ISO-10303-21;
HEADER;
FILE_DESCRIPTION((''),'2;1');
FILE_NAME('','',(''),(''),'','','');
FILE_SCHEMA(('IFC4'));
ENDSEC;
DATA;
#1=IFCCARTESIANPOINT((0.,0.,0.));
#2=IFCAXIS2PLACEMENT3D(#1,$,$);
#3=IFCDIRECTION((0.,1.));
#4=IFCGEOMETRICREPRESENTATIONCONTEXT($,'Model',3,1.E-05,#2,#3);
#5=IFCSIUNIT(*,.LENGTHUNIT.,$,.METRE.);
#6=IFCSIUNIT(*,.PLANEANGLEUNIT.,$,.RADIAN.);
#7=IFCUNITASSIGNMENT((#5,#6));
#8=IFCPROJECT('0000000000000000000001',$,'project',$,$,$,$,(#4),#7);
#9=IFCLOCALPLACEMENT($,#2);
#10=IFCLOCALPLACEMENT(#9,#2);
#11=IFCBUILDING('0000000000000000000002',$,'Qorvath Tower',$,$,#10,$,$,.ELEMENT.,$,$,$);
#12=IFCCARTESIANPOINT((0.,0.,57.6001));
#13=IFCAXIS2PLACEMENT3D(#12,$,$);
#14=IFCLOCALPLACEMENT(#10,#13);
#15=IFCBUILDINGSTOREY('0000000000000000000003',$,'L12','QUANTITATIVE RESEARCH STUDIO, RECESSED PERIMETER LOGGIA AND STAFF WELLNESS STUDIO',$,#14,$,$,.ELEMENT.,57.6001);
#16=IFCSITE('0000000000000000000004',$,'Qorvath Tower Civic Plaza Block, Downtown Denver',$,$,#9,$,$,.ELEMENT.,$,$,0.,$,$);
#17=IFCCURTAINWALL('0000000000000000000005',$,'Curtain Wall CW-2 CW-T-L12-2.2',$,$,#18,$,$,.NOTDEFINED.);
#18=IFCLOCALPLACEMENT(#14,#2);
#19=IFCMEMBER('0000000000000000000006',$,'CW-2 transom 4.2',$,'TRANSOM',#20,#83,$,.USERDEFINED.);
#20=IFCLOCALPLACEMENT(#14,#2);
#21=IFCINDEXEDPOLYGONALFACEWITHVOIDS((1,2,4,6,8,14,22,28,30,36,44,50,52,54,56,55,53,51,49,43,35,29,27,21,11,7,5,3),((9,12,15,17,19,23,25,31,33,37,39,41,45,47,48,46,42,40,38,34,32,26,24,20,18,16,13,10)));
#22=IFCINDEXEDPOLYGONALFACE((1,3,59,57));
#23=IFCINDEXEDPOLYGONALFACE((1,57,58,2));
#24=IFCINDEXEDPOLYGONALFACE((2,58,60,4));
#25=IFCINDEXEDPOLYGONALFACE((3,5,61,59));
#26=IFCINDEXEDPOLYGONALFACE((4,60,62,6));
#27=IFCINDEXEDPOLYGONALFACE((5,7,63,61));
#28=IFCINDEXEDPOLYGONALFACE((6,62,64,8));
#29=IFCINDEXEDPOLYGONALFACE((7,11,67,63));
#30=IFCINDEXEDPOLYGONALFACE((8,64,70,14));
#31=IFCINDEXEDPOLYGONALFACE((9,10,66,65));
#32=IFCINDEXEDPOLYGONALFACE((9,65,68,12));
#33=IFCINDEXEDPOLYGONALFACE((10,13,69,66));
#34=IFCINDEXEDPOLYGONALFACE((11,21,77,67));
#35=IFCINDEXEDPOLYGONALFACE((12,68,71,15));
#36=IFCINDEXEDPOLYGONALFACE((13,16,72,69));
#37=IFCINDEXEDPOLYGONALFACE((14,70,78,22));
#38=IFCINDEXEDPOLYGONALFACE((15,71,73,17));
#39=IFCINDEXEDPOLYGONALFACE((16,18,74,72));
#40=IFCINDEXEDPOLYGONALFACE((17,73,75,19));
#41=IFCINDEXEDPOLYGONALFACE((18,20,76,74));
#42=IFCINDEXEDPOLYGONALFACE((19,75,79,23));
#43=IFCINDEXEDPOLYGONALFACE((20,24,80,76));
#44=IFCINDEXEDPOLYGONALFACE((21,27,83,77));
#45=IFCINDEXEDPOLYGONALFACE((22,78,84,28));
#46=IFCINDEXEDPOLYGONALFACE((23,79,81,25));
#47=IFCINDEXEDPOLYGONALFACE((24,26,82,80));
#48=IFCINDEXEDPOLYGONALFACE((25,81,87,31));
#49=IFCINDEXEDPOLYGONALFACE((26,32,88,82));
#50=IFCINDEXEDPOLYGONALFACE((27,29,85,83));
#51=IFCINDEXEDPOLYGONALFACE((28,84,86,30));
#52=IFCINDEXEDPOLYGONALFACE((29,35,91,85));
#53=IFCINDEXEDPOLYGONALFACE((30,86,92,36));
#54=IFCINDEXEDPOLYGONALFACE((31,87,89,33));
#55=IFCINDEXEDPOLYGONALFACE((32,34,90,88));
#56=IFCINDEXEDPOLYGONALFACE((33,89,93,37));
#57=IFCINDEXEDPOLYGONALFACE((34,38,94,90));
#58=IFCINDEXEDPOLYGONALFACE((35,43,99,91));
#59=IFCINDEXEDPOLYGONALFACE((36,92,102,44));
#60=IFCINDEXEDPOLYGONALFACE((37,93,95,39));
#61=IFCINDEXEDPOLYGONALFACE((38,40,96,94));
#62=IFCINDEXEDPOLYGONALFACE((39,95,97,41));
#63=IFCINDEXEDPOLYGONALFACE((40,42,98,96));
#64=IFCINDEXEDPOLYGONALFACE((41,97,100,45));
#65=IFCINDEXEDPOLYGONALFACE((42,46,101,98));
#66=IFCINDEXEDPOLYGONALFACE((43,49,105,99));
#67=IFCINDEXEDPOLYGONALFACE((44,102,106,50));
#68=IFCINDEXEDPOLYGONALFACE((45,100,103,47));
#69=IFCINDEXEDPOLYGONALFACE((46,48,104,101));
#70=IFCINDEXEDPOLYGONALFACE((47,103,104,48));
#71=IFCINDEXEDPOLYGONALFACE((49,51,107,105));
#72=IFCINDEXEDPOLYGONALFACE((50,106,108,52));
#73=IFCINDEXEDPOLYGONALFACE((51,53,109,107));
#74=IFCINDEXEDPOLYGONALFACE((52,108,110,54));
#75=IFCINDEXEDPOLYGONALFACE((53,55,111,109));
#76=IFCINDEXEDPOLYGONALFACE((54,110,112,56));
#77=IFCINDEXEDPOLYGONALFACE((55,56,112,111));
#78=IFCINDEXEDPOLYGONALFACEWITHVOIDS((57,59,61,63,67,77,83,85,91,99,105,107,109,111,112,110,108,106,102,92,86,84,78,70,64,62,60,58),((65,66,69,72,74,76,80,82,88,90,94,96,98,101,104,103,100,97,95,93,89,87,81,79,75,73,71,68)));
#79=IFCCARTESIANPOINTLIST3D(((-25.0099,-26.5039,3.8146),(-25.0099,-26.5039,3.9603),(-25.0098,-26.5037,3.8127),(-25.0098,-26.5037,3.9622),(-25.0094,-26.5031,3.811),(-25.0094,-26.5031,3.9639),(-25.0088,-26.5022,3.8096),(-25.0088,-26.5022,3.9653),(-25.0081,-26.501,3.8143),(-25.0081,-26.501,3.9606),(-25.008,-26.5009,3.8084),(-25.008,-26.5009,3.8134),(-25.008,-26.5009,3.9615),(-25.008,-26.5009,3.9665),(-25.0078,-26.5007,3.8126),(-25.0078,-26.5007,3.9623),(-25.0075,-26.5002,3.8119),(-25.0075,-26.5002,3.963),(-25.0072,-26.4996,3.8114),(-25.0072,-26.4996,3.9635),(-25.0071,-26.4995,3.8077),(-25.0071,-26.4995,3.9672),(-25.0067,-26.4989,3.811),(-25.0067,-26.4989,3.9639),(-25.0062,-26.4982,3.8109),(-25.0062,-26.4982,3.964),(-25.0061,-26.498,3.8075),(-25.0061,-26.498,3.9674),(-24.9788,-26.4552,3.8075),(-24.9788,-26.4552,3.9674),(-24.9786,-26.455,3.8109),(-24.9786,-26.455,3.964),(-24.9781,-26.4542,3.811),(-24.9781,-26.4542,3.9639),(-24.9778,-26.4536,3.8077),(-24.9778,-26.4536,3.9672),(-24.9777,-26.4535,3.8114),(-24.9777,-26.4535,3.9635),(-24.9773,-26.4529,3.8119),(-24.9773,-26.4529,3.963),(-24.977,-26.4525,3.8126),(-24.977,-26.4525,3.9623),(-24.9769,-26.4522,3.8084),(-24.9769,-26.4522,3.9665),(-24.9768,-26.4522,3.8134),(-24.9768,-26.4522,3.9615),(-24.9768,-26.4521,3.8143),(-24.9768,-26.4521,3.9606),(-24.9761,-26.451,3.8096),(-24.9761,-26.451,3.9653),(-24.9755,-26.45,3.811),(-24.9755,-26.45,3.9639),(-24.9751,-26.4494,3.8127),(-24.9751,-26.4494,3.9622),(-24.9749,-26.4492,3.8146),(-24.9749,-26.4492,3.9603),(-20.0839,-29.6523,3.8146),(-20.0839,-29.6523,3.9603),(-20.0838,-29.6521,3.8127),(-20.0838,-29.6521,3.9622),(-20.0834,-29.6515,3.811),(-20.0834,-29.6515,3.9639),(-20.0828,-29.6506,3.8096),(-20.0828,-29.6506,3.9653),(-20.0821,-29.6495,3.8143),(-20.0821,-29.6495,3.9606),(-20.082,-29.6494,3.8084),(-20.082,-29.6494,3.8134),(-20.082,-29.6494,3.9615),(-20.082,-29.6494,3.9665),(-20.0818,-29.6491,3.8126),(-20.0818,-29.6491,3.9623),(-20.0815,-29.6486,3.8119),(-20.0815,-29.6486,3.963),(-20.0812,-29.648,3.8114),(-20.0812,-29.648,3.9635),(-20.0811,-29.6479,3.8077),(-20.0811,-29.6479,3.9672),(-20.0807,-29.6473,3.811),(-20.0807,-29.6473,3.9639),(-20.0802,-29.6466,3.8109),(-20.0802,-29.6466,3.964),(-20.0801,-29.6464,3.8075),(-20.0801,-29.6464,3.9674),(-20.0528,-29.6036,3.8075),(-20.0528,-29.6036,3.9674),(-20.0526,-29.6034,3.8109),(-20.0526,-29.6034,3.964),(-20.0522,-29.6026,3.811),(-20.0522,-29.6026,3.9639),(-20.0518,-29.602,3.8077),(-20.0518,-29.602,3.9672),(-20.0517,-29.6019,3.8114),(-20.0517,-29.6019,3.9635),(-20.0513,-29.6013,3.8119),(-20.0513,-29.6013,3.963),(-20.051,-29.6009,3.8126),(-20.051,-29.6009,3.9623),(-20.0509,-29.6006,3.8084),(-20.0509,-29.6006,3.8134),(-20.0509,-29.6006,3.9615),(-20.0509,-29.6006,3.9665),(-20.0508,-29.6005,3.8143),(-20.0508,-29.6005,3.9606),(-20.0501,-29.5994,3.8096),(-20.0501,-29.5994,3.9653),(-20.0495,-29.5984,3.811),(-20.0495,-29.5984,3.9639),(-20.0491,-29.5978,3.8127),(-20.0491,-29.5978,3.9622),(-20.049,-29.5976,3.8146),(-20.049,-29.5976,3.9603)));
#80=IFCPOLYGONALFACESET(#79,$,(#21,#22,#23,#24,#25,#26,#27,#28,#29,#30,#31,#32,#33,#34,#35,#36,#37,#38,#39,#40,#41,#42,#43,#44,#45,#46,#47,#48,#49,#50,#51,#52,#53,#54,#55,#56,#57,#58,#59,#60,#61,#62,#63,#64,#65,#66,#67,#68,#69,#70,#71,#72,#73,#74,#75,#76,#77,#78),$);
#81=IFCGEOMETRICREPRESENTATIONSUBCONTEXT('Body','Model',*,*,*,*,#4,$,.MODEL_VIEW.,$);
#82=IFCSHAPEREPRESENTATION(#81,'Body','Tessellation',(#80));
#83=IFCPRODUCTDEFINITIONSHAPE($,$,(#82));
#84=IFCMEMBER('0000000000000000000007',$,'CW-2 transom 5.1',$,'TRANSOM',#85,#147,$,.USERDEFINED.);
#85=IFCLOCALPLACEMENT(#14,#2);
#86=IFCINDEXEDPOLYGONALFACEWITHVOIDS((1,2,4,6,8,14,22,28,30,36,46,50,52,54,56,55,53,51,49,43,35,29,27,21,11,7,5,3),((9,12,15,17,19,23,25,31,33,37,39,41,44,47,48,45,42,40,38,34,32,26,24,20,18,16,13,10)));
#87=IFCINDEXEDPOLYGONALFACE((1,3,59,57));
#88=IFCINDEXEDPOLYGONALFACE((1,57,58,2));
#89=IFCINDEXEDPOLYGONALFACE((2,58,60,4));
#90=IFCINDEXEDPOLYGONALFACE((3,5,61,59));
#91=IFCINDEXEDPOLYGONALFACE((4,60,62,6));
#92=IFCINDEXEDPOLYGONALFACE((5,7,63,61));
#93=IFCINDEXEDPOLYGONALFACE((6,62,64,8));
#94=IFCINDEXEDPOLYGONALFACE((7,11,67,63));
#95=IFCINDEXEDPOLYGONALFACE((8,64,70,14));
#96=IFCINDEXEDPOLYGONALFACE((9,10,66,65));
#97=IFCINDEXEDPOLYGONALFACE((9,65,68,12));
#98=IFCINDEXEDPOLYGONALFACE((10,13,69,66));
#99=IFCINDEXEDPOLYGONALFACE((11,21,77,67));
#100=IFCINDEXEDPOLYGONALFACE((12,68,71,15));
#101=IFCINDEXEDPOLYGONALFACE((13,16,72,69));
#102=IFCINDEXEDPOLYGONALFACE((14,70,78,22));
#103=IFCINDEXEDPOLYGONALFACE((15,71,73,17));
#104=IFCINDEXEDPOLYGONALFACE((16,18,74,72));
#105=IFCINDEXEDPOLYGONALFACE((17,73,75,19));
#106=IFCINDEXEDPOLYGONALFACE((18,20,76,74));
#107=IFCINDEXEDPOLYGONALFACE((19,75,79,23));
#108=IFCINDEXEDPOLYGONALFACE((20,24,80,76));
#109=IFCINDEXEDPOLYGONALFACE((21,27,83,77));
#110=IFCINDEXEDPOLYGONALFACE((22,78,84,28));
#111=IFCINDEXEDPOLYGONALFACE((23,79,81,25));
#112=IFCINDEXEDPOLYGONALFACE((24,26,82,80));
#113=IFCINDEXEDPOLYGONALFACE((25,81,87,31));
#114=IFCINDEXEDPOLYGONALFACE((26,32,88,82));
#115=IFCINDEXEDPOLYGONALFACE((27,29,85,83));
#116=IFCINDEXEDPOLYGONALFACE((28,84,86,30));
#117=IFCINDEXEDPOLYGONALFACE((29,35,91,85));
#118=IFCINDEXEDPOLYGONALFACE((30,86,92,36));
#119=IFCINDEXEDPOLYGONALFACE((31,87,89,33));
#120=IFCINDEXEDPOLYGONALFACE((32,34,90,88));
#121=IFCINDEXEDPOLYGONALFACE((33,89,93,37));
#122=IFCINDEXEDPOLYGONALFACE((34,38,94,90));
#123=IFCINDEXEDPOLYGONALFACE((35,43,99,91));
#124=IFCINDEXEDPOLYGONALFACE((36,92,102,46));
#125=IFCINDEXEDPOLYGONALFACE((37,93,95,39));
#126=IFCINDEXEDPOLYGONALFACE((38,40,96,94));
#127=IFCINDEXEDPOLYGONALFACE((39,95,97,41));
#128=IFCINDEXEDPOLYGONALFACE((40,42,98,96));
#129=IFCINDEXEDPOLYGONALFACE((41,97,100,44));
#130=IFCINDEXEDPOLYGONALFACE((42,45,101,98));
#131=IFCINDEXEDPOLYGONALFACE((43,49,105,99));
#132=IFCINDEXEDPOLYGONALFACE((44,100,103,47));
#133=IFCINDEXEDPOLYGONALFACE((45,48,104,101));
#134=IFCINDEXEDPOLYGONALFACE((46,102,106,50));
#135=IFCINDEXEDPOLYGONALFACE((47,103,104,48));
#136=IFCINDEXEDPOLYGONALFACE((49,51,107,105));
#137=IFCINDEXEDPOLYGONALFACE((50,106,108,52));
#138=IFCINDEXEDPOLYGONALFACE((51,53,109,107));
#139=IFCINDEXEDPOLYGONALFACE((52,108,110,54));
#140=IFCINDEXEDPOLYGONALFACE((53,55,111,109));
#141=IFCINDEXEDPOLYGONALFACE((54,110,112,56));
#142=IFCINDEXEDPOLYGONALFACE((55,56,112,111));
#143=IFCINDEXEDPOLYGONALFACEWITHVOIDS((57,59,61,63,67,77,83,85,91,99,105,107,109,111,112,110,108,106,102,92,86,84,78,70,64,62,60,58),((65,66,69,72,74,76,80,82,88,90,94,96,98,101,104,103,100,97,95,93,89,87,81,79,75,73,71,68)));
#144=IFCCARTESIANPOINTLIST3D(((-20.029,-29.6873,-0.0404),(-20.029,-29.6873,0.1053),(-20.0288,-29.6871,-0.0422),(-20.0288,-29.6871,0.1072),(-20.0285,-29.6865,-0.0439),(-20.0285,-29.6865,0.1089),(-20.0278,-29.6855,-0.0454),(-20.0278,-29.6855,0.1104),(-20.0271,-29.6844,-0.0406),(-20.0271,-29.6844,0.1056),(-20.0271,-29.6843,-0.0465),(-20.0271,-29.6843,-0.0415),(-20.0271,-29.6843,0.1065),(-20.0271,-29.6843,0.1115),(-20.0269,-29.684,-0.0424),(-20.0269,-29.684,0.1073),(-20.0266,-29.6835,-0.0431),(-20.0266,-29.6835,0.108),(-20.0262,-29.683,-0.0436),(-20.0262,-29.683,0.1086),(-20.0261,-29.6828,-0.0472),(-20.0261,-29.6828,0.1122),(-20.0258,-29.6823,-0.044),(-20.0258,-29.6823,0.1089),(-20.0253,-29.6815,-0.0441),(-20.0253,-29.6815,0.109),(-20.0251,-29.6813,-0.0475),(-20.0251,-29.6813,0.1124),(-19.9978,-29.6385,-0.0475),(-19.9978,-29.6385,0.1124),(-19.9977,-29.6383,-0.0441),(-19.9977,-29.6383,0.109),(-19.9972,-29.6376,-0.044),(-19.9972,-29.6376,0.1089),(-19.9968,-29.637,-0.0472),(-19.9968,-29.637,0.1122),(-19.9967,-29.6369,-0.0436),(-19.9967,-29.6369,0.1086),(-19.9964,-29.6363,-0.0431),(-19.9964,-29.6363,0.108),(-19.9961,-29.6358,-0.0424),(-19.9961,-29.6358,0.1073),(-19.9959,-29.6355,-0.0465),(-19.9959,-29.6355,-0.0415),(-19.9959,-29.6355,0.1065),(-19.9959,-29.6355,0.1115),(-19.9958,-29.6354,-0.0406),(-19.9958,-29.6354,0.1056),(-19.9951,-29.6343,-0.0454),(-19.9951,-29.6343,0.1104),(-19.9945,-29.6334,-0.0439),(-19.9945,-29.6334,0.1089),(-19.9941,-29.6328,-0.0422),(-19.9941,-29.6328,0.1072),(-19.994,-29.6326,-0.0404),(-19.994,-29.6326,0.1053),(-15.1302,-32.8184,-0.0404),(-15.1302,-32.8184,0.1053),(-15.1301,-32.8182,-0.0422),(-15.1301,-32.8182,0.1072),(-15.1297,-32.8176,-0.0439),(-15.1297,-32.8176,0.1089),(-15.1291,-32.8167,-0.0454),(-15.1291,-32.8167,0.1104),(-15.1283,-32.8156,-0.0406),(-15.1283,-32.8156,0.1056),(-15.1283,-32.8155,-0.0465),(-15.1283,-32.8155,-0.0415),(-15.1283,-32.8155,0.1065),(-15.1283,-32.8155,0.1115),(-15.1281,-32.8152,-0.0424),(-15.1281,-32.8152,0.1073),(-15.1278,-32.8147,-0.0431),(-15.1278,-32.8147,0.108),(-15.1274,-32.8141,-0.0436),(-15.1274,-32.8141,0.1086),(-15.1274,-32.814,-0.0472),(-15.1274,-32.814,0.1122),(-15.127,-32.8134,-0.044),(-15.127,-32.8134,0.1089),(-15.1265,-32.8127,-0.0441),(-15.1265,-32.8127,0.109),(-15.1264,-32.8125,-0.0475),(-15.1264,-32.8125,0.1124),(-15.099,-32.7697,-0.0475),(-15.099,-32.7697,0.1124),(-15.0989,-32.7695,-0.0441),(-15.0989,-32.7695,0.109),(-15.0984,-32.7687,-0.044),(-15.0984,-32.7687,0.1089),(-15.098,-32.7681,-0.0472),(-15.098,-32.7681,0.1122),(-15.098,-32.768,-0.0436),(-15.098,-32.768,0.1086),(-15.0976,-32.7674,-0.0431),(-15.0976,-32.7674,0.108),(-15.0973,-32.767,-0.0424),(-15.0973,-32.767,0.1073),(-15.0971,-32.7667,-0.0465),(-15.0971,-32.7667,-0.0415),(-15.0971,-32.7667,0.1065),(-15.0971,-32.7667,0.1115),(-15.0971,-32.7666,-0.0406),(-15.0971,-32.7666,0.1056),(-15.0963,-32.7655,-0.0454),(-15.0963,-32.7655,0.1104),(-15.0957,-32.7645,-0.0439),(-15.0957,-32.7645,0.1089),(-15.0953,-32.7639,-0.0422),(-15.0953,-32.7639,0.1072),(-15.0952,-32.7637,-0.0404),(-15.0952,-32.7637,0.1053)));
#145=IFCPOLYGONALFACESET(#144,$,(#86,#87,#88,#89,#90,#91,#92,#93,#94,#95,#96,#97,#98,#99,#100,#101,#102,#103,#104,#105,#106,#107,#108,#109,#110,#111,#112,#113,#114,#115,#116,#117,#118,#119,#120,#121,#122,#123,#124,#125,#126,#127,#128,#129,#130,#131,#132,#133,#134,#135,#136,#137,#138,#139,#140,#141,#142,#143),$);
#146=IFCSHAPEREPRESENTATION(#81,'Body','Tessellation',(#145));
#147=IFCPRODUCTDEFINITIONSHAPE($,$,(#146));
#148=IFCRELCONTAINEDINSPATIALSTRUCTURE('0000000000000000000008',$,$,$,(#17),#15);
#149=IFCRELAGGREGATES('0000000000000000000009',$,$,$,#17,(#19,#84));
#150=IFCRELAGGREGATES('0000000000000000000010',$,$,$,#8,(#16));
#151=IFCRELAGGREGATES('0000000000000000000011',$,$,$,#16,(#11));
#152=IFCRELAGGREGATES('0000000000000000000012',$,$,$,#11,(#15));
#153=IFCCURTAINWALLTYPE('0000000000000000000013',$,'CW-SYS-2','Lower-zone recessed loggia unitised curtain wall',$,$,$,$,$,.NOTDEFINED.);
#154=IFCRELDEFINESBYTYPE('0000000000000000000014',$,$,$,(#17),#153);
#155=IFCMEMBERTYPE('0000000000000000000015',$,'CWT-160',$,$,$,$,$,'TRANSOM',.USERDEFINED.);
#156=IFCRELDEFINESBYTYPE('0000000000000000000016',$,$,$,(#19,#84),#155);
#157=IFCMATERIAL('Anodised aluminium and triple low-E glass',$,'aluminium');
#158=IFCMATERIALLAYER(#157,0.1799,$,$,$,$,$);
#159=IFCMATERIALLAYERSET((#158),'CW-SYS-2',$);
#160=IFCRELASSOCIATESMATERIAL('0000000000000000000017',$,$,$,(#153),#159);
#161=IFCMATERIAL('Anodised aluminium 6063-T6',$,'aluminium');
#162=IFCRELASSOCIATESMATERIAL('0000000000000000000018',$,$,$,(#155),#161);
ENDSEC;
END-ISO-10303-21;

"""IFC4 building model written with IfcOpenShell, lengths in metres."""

from ifc_helpers import new_model, si_unit, direction, frame, origin, origin_2d, place, context, subcontext, project, spatial, hollow_rectangle, extrude, material, layer, layer_set, material_profile, profile_set, type_object, element, aggregate, save


model = new_model("IFC4")

# Units and contexts
model_context = context("Model", 3, precision=1e-05, world=origin(), true_north=direction((0.0, 1.0)))
body_context = subcontext(model_context, "Body", "Model", "MODEL_VIEW")
ifc_project = project(units=[si_unit("LENGTHUNIT", "METRE"), si_unit("PLANEANGLEUNIT", "RADIAN")], contexts=[model_context])

# Site, building, storey
site_placement = place(None, origin())
site = spatial("IfcSite", under=ifc_project, at=site_placement, Name="Qorvath Tower Civic Plaza Block, Downtown Denver", CompositionType="ELEMENT", RefElevation=0.0)
building_placement = place(site_placement, origin())
building = spatial("IfcBuilding", under=site, at=building_placement, Name="Qorvath Tower", CompositionType="ELEMENT")
storey_placement = place(building_placement, frame((0.0, 0.0, 57.6001)))
storey = spatial("IfcBuildingStorey", under=building, at=storey_placement, Name="L12", Description="QUANTITATIVE RESEARCH STUDIO, RECESSED PERIMETER LOGGIA AND STAFF WELLNESS STUDIO", CompositionType="ELEMENT", Elevation=57.6001)

# Curtain wall, members
ifc_material_1 = material(Name="Anodised aluminium and triple low-E glass", Category="aluminium")
ifc_layer_1 = layer(ifc_material_1, 0.1799)
ifc_layer_set_1 = layer_set([ifc_layer_1], Name="CW-SYS-2")
curtain_wall_type = type_object("IfcCurtainWallType", Name="CW-SYS-2", Description="Lower-zone recessed loggia unitised curtain wall", PredefinedType="NOTDEFINED", material=ifc_layer_set_1)
curtain_wall_placement = place(storey_placement, origin())
curtain_wall = element("IfcCurtainWall", 1, at=curtain_wall_placement, inside=storey, type_object=curtain_wall_type, Name="Curtain Wall CW-2 CW-T-L12-2.2", PredefinedType="NOTDEFINED")
ifc_material_2 = material(Name="Anodised aluminium 6063-T6", Category="aluminium")
ifc_material_profile_1 = material_profile(ifc_material_2, hollow_rectangle(XDim=0.0649, YDim=0.1599, WallThickness=0.0034, InnerFilletRadius=0.0034, OuterFilletRadius=0.0071, at=origin_2d()), Name="CWT 160x65")
ifc_profile_set_1 = profile_set([ifc_material_profile_1], Name="Anodised aluminium 6063-T6")
member_type_1 = type_object("IfcMemberType", Name="CWT-160", ElementType="TRANSOM", PredefinedType="USERDEFINED", material=ifc_profile_set_1)
member_1_placement = place(storey_placement, frame((-24.9924, -26.4766, 3.8875), z_axis=(0.842599, -0.538542, 0.0), x_axis=(0.538542, 0.842599, 0.0)))
member_1 = element("IfcMember", 2, at=member_1_placement, type_object=member_type_1, Name="CW-2 transom 4.2", ObjectType="TRANSOM", PredefinedType="USERDEFINED", context=body_context, shape_type="SweptSolid", body=[
    extrude(hollow_rectangle(XDim=0.0649, YDim=0.1599, WallThickness=0.0034, InnerFilletRadius=0.0034, OuterFilletRadius=0.0071, at=origin_2d()), origin(), (0.0, 0.0, 1.0), 5.8462),
])
member_2_placement = place(storey_placement, frame((-20.0115, -29.6599, 0.0325), z_axis=(0.842588, -0.538559, 0.0), x_axis=(0.538559, 0.842588, 0.0)))
member_2 = element("IfcMember", 3, at=member_2_placement, type_object=member_type_1, Name="CW-2 transom 5.1", ObjectType="TRANSOM", PredefinedType="USERDEFINED", context=body_context, shape_type="SweptSolid", body=[
    extrude(hollow_rectangle(XDim=0.0649, YDim=0.1599, WallThickness=0.0034, InnerFilletRadius=0.0034, OuterFilletRadius=0.0071, at=origin_2d()), origin(), (0.0, 0.0, 1.0), 5.814),
])
aggregate(curtain_wall, [member_1, member_2])

save(model, "model.ifc")
